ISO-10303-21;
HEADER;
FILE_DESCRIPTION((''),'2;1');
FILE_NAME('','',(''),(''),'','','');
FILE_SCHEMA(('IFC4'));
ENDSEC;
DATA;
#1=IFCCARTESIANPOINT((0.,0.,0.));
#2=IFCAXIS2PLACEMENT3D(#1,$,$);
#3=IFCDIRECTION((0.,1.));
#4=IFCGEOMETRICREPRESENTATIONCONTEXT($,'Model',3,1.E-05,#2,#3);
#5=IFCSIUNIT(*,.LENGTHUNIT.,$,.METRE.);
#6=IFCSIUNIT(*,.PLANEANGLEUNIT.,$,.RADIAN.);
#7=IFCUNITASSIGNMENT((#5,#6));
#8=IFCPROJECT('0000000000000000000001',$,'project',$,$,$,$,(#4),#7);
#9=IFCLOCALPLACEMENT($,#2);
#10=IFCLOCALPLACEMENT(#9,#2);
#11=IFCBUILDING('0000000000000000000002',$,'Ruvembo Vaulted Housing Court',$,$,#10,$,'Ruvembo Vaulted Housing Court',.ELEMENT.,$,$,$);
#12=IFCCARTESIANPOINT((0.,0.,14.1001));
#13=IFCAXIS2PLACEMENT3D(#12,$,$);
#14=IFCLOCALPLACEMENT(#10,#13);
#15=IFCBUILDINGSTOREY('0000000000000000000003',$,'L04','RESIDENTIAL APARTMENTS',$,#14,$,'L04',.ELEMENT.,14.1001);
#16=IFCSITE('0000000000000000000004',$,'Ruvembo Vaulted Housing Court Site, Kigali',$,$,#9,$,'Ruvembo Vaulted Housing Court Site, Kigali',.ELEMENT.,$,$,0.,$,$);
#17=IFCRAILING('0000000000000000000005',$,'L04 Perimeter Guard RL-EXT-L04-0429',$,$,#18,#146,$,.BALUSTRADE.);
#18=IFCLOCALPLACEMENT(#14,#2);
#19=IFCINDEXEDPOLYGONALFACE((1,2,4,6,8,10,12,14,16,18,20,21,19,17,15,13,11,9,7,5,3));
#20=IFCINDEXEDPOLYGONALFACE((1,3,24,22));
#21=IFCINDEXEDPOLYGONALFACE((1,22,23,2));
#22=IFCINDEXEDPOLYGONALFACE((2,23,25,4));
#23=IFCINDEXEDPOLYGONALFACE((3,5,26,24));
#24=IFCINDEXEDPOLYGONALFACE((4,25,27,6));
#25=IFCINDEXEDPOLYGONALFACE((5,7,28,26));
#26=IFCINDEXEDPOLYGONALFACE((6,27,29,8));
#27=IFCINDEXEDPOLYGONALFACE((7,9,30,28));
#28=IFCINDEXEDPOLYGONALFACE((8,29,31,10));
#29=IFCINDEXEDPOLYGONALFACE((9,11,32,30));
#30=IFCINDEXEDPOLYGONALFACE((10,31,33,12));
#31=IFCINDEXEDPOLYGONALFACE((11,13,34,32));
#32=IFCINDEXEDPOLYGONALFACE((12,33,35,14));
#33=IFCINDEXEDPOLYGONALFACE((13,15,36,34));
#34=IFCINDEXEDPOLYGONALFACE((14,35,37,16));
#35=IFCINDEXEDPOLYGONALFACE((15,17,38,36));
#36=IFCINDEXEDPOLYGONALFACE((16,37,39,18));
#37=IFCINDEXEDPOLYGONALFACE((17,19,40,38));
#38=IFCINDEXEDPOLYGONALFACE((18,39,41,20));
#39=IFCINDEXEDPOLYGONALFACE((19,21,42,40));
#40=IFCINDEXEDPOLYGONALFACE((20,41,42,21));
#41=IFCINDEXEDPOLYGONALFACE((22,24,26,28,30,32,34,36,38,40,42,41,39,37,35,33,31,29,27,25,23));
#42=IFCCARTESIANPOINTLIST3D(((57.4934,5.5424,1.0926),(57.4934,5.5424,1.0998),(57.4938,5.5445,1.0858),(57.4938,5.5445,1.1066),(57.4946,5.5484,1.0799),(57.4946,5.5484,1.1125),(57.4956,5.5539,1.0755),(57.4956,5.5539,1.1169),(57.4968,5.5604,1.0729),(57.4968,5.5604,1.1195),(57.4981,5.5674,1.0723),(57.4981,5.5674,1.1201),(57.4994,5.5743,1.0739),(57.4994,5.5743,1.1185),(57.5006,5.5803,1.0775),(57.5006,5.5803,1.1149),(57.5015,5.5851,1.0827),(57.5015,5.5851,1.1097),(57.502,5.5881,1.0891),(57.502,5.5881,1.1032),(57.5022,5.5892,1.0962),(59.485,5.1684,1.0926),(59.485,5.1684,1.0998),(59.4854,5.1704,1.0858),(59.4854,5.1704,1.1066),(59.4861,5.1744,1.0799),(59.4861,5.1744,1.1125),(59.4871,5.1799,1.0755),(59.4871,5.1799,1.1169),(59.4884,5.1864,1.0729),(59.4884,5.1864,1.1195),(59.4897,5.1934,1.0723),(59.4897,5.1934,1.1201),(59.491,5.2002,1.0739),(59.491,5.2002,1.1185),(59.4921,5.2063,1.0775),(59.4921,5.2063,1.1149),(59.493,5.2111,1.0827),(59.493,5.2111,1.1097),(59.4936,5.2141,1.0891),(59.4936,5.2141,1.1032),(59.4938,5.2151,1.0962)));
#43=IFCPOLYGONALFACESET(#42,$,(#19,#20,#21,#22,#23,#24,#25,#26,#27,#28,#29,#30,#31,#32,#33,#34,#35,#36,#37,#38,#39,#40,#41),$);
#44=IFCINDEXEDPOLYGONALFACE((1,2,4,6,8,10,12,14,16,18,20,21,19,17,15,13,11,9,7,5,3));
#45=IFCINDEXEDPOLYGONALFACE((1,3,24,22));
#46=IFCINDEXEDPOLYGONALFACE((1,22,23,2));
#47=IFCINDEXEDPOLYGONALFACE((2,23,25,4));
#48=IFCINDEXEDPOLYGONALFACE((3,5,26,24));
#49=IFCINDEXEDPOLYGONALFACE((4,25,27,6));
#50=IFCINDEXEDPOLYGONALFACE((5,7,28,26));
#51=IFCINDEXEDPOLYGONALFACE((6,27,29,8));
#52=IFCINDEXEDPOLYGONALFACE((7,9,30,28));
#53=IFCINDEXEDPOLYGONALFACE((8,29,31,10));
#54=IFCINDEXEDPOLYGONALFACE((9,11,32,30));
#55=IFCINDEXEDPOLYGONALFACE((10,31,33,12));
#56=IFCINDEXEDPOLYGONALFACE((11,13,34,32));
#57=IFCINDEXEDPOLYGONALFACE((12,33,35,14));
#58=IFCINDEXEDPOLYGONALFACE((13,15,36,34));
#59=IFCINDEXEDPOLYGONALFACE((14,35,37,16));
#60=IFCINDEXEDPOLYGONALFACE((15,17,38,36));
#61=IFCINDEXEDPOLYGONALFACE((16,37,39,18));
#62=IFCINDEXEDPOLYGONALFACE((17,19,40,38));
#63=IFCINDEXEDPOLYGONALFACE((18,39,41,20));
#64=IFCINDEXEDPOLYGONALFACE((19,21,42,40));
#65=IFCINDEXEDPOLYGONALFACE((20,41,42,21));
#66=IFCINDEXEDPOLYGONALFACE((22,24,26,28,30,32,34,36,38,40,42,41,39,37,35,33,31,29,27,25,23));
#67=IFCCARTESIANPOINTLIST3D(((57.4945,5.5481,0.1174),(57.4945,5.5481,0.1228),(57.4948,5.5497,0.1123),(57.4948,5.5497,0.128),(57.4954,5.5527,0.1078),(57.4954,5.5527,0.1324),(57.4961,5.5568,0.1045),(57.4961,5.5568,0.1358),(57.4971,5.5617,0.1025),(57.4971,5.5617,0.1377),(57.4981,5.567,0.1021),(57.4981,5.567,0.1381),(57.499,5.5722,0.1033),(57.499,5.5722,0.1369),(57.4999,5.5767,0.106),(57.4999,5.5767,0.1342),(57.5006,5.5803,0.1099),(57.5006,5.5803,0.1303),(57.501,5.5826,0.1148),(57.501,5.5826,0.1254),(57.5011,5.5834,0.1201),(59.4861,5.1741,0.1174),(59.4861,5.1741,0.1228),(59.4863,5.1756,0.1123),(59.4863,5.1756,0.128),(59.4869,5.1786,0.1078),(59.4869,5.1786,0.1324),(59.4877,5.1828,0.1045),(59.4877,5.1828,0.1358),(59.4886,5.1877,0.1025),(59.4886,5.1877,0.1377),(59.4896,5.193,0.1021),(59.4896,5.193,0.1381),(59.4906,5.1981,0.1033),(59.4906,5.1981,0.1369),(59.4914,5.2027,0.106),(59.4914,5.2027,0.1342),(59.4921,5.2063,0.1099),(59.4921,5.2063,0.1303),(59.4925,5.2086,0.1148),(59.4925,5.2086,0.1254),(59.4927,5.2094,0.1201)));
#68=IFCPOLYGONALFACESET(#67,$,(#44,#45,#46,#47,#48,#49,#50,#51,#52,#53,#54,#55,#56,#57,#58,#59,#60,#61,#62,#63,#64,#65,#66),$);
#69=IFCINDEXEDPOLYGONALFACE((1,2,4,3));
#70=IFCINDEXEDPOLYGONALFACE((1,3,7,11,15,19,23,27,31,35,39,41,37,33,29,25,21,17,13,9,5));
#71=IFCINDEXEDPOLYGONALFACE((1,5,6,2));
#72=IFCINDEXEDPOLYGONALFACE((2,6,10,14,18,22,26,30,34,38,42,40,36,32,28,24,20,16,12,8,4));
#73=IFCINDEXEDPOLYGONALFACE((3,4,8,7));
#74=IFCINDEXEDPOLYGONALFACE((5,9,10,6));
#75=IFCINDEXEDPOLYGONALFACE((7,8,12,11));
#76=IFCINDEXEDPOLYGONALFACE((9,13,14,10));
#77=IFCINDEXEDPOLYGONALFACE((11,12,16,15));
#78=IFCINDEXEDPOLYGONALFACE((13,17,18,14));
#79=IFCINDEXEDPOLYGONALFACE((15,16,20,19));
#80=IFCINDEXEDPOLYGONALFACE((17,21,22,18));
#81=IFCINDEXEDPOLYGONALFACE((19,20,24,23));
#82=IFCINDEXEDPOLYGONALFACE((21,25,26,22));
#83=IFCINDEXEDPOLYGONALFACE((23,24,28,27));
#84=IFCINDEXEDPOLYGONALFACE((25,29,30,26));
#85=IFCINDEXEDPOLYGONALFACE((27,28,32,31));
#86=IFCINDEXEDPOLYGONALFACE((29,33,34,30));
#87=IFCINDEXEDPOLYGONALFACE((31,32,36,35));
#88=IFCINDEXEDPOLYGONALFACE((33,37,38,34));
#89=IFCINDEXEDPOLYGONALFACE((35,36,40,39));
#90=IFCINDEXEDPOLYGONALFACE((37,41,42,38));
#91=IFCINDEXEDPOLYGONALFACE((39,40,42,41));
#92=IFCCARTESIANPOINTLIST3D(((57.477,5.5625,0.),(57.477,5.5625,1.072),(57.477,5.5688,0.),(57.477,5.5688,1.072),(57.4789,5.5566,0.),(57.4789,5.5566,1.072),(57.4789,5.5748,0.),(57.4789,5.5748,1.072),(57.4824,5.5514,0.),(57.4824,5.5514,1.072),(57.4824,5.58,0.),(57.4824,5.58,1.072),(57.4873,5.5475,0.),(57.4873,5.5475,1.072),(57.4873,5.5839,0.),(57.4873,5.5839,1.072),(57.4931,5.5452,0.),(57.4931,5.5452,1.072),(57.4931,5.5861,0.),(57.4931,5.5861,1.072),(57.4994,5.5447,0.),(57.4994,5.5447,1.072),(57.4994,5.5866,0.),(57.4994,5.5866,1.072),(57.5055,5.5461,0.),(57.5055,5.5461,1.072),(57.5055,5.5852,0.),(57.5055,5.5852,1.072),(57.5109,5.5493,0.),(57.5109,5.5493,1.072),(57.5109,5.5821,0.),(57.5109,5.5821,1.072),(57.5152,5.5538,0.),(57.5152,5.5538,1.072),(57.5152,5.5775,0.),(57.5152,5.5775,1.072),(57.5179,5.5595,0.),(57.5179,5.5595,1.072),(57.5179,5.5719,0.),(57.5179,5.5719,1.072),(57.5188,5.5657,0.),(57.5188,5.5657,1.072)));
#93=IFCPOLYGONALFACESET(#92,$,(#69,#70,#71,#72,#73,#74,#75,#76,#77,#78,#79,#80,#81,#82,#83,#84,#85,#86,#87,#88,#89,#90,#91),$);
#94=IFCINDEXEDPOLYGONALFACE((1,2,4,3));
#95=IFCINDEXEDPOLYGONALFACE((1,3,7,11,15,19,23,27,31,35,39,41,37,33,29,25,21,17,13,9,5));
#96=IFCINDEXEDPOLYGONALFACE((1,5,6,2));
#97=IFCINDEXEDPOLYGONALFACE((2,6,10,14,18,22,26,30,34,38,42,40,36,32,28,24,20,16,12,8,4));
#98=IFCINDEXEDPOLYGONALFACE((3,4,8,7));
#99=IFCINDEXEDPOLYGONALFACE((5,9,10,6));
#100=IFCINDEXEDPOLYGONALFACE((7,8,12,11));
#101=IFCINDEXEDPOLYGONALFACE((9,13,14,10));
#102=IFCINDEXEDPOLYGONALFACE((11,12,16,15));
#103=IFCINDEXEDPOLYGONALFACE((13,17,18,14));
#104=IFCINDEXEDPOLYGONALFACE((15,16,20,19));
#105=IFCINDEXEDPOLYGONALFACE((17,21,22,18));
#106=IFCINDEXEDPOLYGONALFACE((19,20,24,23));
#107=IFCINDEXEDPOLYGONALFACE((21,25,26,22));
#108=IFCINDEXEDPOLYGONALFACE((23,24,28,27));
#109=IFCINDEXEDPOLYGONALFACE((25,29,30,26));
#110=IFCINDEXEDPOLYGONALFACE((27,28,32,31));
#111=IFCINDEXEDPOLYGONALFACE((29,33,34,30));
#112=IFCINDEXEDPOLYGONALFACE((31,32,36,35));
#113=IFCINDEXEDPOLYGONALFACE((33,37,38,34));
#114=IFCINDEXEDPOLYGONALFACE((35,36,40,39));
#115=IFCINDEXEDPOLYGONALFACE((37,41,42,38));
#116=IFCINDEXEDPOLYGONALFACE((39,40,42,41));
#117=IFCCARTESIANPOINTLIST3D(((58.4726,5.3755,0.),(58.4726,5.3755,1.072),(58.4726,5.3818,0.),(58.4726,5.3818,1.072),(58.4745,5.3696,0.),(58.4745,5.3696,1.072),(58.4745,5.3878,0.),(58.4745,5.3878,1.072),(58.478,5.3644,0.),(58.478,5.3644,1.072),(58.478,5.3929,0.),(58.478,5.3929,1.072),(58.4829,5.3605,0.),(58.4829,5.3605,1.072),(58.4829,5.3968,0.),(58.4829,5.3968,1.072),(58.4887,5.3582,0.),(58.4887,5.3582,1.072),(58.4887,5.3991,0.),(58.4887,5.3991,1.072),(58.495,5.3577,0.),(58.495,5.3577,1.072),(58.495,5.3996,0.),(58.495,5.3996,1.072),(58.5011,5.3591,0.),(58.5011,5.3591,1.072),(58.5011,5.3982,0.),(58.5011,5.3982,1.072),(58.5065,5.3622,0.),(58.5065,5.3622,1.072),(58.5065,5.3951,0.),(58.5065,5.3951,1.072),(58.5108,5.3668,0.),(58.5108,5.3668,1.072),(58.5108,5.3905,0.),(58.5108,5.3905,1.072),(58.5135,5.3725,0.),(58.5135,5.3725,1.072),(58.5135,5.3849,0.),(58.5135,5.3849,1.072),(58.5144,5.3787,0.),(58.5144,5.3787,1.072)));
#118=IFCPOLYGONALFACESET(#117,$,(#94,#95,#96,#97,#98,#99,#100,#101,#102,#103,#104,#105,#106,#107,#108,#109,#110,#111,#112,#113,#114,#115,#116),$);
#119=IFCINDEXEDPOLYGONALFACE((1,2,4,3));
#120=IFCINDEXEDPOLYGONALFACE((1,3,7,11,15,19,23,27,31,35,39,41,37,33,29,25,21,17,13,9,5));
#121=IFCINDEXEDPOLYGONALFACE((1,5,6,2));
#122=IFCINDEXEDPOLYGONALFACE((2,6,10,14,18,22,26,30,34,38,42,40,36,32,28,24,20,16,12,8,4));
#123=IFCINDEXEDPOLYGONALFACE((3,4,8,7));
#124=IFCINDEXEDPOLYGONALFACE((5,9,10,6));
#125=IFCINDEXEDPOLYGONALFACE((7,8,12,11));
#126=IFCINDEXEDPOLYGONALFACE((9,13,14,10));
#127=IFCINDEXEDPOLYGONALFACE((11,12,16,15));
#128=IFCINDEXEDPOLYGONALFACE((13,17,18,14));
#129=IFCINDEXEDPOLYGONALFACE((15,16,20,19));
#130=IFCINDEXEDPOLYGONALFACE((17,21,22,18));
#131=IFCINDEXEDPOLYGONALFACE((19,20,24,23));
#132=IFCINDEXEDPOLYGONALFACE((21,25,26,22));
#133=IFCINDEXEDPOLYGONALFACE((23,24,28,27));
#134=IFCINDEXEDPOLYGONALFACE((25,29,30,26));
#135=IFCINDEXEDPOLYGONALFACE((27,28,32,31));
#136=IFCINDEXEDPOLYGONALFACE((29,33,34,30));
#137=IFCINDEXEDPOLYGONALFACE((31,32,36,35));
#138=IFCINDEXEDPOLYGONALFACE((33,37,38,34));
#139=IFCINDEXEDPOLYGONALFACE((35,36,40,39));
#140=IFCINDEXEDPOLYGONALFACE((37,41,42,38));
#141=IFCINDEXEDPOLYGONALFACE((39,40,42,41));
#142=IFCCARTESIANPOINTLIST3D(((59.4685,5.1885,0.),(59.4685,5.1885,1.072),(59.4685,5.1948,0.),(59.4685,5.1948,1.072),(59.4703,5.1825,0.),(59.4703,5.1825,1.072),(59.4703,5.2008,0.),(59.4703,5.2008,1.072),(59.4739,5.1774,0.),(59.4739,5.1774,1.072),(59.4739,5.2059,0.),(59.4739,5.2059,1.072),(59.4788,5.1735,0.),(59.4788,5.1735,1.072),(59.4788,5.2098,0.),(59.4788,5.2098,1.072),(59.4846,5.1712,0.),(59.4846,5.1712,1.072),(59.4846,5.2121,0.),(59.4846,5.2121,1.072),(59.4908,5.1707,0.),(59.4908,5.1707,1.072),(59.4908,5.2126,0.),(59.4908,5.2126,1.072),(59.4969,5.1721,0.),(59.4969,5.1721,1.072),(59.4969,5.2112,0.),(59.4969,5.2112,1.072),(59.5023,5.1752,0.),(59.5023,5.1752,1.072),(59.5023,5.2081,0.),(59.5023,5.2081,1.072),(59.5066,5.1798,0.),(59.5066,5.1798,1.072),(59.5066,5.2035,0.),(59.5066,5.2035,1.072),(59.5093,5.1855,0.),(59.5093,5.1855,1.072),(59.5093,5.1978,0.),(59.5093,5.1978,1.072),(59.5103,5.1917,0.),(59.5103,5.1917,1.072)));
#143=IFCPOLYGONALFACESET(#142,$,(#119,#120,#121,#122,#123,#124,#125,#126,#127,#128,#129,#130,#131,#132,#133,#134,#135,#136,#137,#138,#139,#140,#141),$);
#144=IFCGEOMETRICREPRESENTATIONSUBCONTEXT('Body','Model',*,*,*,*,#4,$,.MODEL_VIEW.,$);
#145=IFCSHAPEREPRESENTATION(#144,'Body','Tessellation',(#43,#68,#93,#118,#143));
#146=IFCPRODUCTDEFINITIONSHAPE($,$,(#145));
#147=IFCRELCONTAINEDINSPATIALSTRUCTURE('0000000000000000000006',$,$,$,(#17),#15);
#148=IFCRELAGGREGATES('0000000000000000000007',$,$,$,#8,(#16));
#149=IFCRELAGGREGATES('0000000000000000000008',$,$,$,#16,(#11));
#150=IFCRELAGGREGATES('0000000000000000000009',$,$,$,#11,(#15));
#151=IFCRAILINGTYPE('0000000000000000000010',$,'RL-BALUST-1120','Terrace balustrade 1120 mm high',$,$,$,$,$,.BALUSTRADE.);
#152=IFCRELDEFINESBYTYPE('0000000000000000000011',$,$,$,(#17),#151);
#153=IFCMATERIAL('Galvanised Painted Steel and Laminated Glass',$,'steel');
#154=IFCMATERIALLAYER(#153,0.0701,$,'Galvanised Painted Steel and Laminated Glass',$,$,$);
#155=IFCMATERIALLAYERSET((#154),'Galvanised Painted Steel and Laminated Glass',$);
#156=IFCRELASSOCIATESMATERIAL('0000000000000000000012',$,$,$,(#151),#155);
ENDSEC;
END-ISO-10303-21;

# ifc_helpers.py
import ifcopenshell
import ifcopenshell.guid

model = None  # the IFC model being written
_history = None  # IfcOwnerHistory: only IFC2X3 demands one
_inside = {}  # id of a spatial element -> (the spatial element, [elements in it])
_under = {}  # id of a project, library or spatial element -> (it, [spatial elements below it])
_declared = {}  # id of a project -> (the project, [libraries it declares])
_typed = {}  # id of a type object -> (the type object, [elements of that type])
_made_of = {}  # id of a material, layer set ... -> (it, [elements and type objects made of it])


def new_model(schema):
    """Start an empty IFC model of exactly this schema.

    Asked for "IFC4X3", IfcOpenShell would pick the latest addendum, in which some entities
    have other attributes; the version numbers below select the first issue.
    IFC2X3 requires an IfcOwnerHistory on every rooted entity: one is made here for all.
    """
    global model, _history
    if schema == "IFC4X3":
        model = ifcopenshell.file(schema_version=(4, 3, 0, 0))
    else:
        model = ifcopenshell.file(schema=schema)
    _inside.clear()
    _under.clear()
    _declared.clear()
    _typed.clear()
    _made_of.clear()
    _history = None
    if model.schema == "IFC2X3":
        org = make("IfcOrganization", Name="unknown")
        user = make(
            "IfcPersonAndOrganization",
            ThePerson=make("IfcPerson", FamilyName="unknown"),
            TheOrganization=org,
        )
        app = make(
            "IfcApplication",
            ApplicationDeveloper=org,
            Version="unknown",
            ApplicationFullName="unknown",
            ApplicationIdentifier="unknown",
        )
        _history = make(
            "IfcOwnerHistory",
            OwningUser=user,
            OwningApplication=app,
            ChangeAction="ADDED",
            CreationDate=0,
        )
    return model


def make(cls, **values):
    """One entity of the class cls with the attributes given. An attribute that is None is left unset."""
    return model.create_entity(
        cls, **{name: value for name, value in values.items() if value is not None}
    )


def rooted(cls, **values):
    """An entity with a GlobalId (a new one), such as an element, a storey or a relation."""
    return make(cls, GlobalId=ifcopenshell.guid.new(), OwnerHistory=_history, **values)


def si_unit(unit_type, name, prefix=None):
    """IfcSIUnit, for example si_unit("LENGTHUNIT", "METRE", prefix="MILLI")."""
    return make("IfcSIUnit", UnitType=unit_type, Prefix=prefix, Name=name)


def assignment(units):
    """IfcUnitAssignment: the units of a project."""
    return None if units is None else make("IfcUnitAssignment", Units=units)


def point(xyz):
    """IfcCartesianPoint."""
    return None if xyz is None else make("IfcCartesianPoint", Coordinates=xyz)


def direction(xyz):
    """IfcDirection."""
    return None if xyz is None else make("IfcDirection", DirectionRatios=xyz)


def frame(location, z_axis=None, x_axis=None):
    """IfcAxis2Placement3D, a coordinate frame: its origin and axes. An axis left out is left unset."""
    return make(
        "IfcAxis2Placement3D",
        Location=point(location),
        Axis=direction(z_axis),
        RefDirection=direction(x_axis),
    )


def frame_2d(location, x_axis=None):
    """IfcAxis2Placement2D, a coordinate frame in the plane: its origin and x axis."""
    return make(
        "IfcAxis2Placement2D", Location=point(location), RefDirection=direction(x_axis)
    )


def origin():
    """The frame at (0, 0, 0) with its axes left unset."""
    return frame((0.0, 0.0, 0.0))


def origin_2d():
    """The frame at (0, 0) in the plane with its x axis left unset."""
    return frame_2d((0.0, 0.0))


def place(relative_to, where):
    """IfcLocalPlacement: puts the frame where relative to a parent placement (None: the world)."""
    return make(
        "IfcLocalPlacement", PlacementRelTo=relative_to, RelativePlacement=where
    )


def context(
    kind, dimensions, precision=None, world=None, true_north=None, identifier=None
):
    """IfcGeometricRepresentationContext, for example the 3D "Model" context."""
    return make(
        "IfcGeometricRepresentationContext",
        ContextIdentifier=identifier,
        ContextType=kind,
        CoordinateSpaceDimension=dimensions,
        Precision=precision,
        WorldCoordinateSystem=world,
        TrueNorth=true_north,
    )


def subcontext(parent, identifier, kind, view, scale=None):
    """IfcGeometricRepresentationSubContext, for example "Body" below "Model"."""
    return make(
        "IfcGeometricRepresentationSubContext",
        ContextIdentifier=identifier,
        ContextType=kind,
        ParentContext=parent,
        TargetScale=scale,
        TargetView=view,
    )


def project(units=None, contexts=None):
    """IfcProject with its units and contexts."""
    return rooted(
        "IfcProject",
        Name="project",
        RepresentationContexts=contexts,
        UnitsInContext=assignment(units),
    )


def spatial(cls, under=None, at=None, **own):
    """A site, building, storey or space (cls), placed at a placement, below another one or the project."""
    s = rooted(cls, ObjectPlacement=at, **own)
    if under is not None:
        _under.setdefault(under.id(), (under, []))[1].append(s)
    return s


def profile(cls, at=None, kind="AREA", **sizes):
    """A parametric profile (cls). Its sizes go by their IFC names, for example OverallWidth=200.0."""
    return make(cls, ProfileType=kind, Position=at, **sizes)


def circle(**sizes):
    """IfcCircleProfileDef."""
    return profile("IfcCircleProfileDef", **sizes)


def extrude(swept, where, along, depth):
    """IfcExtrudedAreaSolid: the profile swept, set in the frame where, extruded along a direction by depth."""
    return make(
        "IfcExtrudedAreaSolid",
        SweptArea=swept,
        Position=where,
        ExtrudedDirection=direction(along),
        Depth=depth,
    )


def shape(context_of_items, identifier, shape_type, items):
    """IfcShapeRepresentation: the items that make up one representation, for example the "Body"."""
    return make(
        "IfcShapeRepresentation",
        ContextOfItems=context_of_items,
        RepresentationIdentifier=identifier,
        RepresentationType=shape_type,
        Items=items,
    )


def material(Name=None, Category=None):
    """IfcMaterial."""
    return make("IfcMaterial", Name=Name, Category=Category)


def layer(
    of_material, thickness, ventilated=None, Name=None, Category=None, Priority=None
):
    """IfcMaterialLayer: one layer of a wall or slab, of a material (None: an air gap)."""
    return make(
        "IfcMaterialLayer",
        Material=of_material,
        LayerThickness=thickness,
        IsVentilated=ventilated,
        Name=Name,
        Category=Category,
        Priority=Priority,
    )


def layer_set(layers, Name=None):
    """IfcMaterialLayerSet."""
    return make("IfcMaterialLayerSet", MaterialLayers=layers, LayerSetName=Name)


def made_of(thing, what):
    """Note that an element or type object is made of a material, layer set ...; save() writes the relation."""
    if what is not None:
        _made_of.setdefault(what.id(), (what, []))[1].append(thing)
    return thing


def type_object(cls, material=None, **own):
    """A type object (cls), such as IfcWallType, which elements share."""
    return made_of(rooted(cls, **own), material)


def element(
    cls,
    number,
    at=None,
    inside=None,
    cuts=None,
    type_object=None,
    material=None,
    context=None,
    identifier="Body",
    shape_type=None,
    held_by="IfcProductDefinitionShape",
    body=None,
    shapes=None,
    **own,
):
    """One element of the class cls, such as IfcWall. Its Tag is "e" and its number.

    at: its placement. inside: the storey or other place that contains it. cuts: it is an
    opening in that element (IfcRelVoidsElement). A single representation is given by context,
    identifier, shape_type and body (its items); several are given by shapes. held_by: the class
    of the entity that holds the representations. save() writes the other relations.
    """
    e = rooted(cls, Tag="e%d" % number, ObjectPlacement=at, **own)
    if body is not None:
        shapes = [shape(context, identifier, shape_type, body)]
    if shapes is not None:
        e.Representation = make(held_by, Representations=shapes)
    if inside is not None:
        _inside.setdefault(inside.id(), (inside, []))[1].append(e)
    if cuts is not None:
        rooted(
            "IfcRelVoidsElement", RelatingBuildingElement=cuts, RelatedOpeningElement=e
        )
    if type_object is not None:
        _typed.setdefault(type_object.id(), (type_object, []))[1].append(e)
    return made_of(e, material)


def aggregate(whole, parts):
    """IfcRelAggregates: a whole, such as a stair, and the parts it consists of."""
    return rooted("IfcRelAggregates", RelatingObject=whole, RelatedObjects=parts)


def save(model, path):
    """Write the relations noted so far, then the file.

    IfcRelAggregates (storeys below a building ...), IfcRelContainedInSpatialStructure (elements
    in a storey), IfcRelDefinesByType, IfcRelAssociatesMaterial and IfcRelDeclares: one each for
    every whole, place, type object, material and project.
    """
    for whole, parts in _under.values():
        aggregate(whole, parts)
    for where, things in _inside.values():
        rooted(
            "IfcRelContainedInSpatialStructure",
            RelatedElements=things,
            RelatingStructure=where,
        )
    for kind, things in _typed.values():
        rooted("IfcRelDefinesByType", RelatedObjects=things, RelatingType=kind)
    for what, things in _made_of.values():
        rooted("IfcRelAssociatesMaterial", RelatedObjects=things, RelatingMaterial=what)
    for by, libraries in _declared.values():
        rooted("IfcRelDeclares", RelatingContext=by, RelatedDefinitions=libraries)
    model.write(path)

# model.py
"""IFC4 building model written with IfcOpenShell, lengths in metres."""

from ifc_helpers import new_model, si_unit, direction, frame, origin, origin_2d, place, context, subcontext, project, spatial, circle, extrude, material, layer, layer_set, type_object, element, save


model = new_model("IFC4")

# Units and contexts
model_context = context("Model", 3, precision=1e-05, world=origin(), true_north=direction((0.0, 1.0)))
body_context = subcontext(model_context, "Body", "Model", "MODEL_VIEW")
ifc_project = project(units=[si_unit("LENGTHUNIT", "METRE"), si_unit("PLANEANGLEUNIT", "RADIAN")], contexts=[model_context])

# Site, building, storey
site_placement = place(None, origin())
site = spatial("IfcSite", under=ifc_project, at=site_placement, Name="Ruvembo Vaulted Housing Court Site, Kigali", LongName="Ruvembo Vaulted Housing Court Site, Kigali", CompositionType="ELEMENT", RefElevation=0.0)
building_placement = place(site_placement, origin())
building = spatial("IfcBuilding", under=site, at=building_placement, Name="Ruvembo Vaulted Housing Court", LongName="Ruvembo Vaulted Housing Court", CompositionType="ELEMENT")
storey_placement = place(building_placement, frame((0.0, 0.0, 14.1001)))
storey = spatial("IfcBuildingStorey", under=building, at=storey_placement, Name="L04", Description="RESIDENTIAL APARTMENTS", LongName="L04", CompositionType="ELEMENT", Elevation=14.1001)

# Railing
ifc_material_1 = material(Name="Galvanised Painted Steel and Laminated Glass", Category="steel")
ifc_layer_1 = layer(ifc_material_1, 0.0701, Name="Galvanised Painted Steel and Laminated Glass")
ifc_layer_set_1 = layer_set([ifc_layer_1], Name="Galvanised Painted Steel and Laminated Glass")
railing_type = type_object("IfcRailingType", Name="RL-BALUST-1120", Description="Terrace balustrade 1120 mm high", PredefinedType="BALUSTRADE", material=ifc_layer_set_1)
railing_1_placement = place(storey_placement, frame((57.4978, 5.5657, 0.0)))
element("IfcRailing", 1, at=railing_1_placement, inside=storey, type_object=railing_type, Name="L04 Perimeter Guard RL-EXT-L04-0429", PredefinedType="BALUSTRADE", context=body_context, shape_type="SweptSolid", body=[
    extrude(circle(Radius=0.0239, at=origin_2d()), frame((0.0, 0.0, 1.0962), z_axis=(0.982816, -0.184587, 0.0), x_axis=(0.184587, 0.982816, 0.0)), (0.0, 0.0, 1.0), 2.0264),
    extrude(circle(Radius=0.0181, at=origin_2d()), frame((0.0, 0.0, 0.1201), z_axis=(0.982816, -0.184587, 0.0), x_axis=(0.184587, 0.982816, 0.0)), (0.0, 0.0, 1.0), 2.0264),
    extrude(circle(Radius=0.021, at=origin_2d()), origin(), (0.0, 0.0, 1.0), 1.072),
    extrude(circle(Radius=0.021, at=origin_2d()), frame((0.9956, -0.187, 0.0)), (0.0, 0.0, 1.0), 1.072),
    extrude(circle(Radius=0.021, at=origin_2d()), frame((1.9915, -0.374, 0.0)), (0.0, 0.0, 1.0), 1.072),
])

save(model, "model.ifc")
